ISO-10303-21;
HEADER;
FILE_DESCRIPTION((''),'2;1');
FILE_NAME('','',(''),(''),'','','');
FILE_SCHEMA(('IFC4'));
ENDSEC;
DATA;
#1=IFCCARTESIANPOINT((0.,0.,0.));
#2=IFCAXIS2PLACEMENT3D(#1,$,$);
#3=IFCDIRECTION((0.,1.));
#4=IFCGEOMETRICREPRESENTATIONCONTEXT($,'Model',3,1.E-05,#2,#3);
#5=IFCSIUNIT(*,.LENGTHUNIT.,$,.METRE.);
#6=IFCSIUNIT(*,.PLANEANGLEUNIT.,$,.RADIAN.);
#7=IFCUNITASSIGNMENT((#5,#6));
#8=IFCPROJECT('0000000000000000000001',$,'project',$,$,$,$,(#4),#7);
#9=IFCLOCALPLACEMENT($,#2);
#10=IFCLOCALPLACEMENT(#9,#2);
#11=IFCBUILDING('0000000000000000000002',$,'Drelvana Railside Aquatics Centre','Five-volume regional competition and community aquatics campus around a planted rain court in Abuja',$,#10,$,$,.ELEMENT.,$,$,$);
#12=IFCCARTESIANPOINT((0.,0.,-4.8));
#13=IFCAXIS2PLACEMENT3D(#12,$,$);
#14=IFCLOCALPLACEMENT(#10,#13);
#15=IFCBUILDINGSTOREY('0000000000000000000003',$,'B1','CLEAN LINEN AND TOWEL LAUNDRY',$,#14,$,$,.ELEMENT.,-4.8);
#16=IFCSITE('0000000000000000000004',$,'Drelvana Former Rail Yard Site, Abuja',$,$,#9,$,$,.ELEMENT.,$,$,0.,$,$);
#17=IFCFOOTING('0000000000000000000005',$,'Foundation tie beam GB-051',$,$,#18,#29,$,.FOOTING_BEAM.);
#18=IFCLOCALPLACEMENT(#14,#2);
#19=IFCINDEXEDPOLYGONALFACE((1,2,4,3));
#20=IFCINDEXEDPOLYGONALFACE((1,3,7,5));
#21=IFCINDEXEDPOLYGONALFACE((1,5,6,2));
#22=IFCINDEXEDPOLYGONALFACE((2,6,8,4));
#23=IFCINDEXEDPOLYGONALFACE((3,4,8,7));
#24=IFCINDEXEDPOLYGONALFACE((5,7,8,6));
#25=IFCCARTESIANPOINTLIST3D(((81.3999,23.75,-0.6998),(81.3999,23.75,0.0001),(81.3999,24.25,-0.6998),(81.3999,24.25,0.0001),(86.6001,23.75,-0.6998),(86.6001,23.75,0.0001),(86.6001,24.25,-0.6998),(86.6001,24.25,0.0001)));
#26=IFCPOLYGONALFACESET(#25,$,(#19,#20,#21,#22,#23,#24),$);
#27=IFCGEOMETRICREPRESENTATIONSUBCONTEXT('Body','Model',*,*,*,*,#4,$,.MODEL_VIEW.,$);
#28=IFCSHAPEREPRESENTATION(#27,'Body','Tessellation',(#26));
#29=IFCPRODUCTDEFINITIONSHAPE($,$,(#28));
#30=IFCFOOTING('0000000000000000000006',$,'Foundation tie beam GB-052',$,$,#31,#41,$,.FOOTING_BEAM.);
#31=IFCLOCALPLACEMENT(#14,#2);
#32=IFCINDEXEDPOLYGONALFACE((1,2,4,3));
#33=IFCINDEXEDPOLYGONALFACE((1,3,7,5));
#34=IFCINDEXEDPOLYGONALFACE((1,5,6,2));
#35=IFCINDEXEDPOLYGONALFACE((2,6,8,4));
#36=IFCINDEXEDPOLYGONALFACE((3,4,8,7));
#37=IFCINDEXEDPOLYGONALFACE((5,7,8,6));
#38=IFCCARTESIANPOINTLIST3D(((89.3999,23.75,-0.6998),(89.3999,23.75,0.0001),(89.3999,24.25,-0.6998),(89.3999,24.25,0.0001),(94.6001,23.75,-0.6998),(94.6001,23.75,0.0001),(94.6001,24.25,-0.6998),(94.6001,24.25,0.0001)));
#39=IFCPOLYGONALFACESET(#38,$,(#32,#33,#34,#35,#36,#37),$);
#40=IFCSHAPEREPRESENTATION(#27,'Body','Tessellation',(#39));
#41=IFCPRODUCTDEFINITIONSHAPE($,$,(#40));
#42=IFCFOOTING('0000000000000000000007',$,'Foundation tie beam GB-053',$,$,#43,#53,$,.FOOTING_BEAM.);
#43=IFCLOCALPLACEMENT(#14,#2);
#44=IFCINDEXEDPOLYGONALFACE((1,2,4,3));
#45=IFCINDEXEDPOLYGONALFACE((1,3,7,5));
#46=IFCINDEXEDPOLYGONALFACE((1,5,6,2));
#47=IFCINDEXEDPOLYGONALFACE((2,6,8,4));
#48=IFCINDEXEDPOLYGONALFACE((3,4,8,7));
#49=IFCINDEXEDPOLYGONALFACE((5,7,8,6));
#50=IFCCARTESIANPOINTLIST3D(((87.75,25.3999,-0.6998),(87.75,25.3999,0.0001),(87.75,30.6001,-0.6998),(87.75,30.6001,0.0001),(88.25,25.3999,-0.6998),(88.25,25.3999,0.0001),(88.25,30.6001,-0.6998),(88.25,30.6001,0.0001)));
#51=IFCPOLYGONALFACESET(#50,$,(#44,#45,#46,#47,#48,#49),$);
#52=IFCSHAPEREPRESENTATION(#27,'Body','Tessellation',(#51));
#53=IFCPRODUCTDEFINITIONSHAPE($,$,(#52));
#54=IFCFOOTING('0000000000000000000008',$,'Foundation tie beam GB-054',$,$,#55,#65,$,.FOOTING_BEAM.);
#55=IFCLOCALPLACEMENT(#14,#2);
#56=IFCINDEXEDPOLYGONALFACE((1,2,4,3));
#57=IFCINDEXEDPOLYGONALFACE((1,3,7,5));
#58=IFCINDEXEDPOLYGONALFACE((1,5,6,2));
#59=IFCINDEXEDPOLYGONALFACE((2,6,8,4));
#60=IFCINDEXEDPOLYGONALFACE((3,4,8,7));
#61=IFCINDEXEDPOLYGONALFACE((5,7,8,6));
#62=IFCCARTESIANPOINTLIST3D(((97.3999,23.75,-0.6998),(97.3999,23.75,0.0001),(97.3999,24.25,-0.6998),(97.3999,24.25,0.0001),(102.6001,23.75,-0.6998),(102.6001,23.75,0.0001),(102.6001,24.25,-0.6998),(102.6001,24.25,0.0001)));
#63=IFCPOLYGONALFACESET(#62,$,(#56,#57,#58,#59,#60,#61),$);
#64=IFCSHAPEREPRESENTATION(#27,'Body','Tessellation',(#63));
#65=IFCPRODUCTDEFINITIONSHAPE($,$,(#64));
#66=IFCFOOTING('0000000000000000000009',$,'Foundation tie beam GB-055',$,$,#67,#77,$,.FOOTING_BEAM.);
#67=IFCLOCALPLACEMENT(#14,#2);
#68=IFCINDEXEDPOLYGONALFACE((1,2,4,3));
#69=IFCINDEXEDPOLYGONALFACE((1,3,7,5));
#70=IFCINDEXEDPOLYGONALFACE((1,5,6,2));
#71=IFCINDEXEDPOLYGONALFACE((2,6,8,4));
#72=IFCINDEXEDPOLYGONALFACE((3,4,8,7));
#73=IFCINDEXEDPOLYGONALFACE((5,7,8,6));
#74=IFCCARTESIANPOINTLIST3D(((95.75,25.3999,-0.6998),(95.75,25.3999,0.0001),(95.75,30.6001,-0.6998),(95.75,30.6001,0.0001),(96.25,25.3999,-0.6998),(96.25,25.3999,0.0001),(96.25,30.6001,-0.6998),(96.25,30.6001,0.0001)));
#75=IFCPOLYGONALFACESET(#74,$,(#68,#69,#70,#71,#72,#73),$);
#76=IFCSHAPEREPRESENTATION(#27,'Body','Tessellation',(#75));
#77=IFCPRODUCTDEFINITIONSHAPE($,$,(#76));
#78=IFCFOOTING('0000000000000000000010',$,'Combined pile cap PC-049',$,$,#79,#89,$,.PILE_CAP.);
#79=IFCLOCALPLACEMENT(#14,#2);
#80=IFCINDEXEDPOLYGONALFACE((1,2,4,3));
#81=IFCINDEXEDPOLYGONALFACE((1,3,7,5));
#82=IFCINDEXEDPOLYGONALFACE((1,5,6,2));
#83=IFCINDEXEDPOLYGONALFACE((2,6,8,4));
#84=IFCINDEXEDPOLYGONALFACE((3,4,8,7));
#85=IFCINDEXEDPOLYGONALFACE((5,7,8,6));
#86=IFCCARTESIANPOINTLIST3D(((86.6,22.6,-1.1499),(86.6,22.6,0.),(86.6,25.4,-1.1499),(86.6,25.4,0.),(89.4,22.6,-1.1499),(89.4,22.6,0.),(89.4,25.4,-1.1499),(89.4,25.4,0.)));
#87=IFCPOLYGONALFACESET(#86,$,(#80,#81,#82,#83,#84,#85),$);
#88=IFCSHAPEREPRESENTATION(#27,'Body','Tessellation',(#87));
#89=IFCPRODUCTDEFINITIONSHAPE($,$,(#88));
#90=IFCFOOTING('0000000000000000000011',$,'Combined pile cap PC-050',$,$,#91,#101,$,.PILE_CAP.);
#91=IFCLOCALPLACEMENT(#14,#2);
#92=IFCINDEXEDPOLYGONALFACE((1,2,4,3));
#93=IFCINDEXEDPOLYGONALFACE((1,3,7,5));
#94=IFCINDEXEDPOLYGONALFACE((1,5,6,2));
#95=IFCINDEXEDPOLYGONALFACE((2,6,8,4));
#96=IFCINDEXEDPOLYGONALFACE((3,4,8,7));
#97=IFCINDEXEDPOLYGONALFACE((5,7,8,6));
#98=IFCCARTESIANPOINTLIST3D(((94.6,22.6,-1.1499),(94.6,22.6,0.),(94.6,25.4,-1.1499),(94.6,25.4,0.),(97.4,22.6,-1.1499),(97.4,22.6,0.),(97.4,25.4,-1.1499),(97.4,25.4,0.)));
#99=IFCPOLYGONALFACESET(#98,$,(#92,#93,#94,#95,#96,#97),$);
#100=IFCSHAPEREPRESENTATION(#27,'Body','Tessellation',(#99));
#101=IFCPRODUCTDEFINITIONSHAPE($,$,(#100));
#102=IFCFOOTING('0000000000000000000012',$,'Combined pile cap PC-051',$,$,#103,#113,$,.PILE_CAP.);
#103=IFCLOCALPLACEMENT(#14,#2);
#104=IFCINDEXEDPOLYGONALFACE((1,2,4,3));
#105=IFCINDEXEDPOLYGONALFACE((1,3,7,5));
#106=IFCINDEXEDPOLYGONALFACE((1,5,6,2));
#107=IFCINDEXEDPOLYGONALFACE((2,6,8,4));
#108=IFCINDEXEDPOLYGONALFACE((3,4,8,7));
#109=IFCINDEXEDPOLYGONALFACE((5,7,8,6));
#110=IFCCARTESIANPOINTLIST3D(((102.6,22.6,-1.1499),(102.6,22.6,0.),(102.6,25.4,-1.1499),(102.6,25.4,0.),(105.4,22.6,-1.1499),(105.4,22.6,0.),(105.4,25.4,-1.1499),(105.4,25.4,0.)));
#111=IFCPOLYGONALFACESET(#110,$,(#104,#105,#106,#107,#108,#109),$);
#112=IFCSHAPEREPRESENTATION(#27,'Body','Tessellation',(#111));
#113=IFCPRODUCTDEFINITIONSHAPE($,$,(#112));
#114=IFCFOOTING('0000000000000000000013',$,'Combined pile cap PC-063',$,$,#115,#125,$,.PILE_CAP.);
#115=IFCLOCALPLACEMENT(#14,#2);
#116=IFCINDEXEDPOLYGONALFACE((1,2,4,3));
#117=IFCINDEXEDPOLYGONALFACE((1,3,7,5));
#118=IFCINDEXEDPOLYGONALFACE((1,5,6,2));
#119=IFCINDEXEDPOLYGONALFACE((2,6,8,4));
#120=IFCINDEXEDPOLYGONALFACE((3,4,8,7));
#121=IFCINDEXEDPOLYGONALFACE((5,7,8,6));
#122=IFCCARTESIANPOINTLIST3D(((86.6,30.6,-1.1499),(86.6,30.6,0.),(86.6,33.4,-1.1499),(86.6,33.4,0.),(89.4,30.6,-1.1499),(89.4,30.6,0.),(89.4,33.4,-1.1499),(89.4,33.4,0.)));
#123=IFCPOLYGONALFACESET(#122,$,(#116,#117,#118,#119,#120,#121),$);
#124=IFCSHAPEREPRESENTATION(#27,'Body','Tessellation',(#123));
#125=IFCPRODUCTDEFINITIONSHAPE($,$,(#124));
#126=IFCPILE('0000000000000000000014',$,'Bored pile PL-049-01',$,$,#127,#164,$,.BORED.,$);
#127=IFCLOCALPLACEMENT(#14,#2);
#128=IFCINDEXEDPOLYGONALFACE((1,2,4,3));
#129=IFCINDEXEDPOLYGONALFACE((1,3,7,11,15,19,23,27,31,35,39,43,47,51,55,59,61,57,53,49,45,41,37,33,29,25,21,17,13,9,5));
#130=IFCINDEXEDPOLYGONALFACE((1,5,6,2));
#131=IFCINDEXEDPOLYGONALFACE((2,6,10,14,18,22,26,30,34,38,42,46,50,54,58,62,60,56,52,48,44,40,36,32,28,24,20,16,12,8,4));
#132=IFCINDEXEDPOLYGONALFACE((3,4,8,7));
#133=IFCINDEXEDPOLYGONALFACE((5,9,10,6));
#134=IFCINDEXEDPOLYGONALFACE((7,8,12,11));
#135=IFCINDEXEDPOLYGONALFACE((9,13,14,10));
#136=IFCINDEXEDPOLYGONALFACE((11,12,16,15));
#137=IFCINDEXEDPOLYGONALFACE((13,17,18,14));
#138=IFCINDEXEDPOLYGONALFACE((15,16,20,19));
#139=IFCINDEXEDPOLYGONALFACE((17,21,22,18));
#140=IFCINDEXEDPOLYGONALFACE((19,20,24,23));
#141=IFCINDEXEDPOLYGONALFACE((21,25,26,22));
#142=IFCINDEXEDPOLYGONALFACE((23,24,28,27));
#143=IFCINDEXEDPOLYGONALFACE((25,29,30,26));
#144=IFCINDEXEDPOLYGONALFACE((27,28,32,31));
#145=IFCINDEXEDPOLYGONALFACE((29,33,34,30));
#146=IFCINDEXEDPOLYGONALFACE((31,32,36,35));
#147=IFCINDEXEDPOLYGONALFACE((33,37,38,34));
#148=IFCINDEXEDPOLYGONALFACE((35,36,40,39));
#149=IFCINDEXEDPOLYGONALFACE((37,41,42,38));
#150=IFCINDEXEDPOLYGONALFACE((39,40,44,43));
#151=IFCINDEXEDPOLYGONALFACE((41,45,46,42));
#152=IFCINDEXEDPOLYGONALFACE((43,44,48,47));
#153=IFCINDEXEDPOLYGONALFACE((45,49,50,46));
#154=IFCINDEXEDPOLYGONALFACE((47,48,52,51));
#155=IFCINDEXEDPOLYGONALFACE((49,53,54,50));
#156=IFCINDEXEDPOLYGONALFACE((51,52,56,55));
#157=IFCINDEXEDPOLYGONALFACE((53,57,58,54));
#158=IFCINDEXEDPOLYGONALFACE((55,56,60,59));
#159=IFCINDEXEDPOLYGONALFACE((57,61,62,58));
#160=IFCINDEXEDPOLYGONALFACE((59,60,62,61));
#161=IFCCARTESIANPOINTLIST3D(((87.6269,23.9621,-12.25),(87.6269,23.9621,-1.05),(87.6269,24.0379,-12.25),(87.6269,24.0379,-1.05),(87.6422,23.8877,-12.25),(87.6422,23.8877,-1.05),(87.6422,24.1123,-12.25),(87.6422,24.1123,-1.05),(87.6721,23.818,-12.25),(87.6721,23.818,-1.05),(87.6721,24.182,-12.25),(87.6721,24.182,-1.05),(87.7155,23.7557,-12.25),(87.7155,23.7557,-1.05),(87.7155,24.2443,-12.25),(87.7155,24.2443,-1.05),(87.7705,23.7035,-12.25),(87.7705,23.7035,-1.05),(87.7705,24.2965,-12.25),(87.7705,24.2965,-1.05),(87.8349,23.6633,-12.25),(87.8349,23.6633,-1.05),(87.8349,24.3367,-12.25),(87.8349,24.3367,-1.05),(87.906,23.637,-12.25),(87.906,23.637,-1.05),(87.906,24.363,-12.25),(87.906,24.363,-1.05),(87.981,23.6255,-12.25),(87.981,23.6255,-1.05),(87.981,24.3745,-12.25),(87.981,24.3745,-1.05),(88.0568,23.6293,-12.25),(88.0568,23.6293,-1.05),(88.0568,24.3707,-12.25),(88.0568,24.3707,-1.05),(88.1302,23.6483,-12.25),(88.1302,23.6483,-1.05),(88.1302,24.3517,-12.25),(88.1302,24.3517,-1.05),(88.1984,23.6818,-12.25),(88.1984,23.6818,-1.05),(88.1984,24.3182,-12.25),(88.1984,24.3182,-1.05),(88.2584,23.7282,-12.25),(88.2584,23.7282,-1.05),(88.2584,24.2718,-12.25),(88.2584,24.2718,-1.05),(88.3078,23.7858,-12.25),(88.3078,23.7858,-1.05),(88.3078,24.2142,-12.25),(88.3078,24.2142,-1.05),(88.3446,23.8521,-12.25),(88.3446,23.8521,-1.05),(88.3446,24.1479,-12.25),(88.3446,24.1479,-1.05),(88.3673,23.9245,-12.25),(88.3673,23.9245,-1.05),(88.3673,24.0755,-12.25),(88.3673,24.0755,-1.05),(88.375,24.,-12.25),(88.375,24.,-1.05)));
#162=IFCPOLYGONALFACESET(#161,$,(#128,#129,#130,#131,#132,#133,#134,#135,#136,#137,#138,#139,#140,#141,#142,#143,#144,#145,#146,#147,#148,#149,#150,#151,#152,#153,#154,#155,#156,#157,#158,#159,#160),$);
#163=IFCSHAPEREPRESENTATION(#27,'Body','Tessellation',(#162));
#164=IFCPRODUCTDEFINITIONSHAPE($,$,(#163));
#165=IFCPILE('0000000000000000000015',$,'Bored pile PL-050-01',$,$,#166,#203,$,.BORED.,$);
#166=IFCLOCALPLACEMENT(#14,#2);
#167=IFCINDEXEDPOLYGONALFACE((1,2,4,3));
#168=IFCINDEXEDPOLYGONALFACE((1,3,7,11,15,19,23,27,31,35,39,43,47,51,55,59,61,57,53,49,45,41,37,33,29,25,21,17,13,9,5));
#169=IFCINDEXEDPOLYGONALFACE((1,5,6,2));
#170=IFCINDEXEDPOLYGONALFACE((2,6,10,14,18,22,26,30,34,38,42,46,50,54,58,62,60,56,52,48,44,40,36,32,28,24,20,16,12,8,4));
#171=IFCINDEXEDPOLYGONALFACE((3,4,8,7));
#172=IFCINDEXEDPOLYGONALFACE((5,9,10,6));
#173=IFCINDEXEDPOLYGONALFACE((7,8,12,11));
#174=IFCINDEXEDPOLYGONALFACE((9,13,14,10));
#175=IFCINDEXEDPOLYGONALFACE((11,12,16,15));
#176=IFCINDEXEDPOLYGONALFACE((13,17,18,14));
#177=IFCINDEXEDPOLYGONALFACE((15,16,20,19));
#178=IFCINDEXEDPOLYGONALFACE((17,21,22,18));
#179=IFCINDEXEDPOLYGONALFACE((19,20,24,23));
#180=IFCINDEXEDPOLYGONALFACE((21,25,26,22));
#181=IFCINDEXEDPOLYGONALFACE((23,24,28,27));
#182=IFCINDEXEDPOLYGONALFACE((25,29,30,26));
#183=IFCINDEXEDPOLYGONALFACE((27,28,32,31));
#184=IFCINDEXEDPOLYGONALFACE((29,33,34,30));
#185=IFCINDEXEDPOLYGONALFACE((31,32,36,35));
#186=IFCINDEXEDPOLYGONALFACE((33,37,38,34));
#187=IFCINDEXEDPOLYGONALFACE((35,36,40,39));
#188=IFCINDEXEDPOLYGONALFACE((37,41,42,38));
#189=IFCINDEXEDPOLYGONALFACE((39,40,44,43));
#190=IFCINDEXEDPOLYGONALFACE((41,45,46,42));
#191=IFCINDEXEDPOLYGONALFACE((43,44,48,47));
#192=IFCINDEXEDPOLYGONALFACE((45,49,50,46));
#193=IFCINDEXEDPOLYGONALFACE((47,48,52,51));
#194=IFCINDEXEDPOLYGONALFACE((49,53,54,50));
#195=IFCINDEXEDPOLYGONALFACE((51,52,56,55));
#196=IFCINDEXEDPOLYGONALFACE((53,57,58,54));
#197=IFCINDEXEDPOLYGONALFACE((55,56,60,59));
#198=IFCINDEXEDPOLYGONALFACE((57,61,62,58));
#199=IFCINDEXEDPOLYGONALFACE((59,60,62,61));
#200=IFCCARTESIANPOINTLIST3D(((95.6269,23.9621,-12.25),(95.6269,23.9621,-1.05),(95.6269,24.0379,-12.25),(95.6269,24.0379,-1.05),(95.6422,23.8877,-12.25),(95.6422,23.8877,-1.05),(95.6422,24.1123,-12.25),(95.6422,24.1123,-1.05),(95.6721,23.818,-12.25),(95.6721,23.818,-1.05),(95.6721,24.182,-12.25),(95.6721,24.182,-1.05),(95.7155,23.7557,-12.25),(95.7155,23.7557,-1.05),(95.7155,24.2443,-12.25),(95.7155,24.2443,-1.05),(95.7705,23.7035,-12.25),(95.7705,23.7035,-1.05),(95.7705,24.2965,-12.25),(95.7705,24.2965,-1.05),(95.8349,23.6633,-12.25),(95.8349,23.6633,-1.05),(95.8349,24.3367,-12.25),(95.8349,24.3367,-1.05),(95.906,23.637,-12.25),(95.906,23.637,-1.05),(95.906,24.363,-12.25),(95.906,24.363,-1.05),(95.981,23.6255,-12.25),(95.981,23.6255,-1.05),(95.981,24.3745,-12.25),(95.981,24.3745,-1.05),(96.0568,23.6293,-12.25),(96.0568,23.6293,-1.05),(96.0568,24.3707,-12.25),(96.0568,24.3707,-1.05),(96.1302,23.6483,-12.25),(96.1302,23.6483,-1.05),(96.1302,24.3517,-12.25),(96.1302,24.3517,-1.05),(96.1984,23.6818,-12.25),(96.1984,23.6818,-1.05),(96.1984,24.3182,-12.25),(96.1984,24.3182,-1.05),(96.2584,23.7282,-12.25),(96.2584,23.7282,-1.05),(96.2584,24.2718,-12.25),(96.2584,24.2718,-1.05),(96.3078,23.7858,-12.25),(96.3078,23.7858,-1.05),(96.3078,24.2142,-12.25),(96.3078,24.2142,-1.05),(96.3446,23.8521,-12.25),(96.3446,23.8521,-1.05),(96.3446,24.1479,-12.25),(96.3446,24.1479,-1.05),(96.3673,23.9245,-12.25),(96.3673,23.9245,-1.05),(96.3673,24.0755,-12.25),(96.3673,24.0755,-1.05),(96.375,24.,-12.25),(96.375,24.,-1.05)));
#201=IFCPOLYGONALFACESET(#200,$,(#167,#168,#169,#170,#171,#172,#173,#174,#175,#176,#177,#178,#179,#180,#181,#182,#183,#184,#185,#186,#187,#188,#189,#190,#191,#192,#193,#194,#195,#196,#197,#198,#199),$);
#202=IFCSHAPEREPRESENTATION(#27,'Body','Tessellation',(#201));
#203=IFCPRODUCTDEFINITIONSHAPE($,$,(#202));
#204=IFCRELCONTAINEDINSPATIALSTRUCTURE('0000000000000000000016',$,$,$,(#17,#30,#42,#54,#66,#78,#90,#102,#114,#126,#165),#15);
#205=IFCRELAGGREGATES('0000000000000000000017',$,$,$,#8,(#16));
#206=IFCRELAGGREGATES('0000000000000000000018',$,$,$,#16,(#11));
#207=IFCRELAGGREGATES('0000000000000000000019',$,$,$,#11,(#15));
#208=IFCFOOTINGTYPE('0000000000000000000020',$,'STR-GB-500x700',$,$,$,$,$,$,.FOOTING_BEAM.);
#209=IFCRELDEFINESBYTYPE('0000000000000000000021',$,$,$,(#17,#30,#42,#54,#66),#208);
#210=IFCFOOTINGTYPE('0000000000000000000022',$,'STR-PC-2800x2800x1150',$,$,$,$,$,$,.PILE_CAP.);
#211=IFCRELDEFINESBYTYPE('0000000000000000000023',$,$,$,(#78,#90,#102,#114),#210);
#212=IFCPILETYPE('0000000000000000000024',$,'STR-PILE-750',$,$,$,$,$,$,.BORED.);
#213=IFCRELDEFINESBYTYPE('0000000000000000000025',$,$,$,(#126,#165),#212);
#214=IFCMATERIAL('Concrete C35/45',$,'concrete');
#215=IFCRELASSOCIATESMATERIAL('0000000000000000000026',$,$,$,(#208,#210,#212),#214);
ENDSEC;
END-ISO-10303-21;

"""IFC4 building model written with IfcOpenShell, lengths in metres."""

from ifc_helpers import new_model, si_unit, direction, frame, origin, origin_2d, place, context, subcontext, project, spatial, rectangle, circle, extrude, material, material_profile, profile_set, type_object, element, save


model = new_model("IFC4")

# Units and contexts
model_context = context("Model", 3, precision=1e-05, world=origin(), true_north=direction((0.0, 1.0)))
body_context = subcontext(model_context, "Body", "Model", "MODEL_VIEW")
ifc_project = project(units=[si_unit("LENGTHUNIT", "METRE"), si_unit("PLANEANGLEUNIT", "RADIAN")], contexts=[model_context])

# Site, building, storey
site_placement = place(None, origin())
site = spatial("IfcSite", under=ifc_project, at=site_placement, Name="Drelvana Former Rail Yard Site, Abuja", CompositionType="ELEMENT", RefElevation=0.0)
building_placement = place(site_placement, origin())
building = spatial("IfcBuilding", under=site, at=building_placement, Name="Drelvana Railside Aquatics Centre", Description="Five-volume regional competition and community aquatics campus around a planted rain court in Abuja", CompositionType="ELEMENT")
storey_placement = place(building_placement, frame((0.0, 0.0, -4.8)))
storey = spatial("IfcBuildingStorey", under=building, at=storey_placement, Name="B1", Description="CLEAN LINEN AND TOWEL LAUNDRY", CompositionType="ELEMENT", Elevation=-4.8)

# Footings
ifc_material_1 = material(Name="Concrete C35/45", Category="concrete")
ifc_material_profile_1 = material_profile(ifc_material_1, rectangle(XDim=0.5, YDim=0.7, at=origin_2d()), Name="GB 500x700")
ifc_profile_set_1 = profile_set([ifc_material_profile_1], Name="Concrete C35/45")
footing_type_1 = type_object("IfcFootingType", Name="STR-GB-500x700", PredefinedType="FOOTING_BEAM", material=ifc_profile_set_1)
for number, where, z_axis, x_axis, name in (
    (1, (81.3999, 24.0, -0.3499), (1.0, 0.0, 0.0), (0.0, 1.0, 0.0), "Foundation tie beam GB-051"),
    (2, (89.3999, 24.0, -0.3499), (1.0, 0.0, 0.0), (0.0, 1.0, 0.0), "Foundation tie beam GB-052"),
    (3, (88.0, 25.3999, -0.3499), (0.0, 1.0, 0.0), (-1.0, 0.0, 0.0), "Foundation tie beam GB-053"),
    (4, (97.3999, 24.0, -0.3499), (1.0, 0.0, 0.0), (0.0, 1.0, 0.0), "Foundation tie beam GB-054"),
    (5, (96.0, 25.3999, -0.3499), (0.0, 1.0, 0.0), (-1.0, 0.0, 0.0), "Foundation tie beam GB-055"),
):
    element("IfcFooting", number, at=place(storey_placement, frame(where, z_axis=z_axis, x_axis=x_axis)), inside=storey, type_object=footing_type_1, Name=name, PredefinedType="FOOTING_BEAM", context=body_context, shape_type="SweptSolid", body=[
        extrude(rectangle(XDim=0.5, YDim=0.7, at=origin_2d()), origin(), (0.0, 0.0, 1.0), 5.2002),
    ])
footing_type_2 = type_object("IfcFootingType", Name="STR-PC-2800x2800x1150", PredefinedType="PILE_CAP", material=ifc_material_1)
for number, where, z_axis, x_axis, name in (
    (6, (88.0, 24.0, -1.1499), (0.0, 0.0, 1.0), (1.0, 0.0, 0.0), "Combined pile cap PC-049"),
    (7, (96.0, 24.0, -1.1499), (0.0, 0.0, 1.0), (1.0, 0.0, 0.0), "Combined pile cap PC-050"),
    (8, (104.0, 24.0, -1.1499), (0.0, 0.0, 1.0), (1.0, 0.0, 0.0), "Combined pile cap PC-051"),
    (9, (88.0, 32.0, -1.1499), (0.0, 0.0, 1.0), (1.0, 0.0, 0.0), "Combined pile cap PC-063"),
):
    element("IfcFooting", number, at=place(storey_placement, frame(where, z_axis=z_axis, x_axis=x_axis)), inside=storey, type_object=footing_type_2, Name=name, PredefinedType="PILE_CAP", context=body_context, shape_type="SweptSolid", body=[
        extrude(rectangle(XDim=2.8, YDim=2.8, at=origin_2d()), origin(), (0.0, 0.0, 1.0), 1.1499),
    ])

# Piles
ifc_material_profile_2 = material_profile(ifc_material_1, circle(Radius=0.375, at=origin_2d()), Name="PILE D750")
ifc_profile_set_2 = profile_set([ifc_material_profile_2], Name="Concrete C35/45")
pile_type = type_object("IfcPileType", Name="STR-PILE-750", PredefinedType="BORED", material=ifc_profile_set_2)
for number, where, z_axis, x_axis, name in (
    (10, (88.0, 24.0, -1.05), (0.0, 0.0, -1.0), (1.0, 0.0, 0.0), "Bored pile PL-049-01"),
    (11, (96.0, 24.0, -1.05), (0.0, 0.0, -1.0), (1.0, 0.0, 0.0), "Bored pile PL-050-01"),
):
    element("IfcPile", number, at=place(storey_placement, frame(where, z_axis=z_axis, x_axis=x_axis)), inside=storey, type_object=pile_type, Name=name, PredefinedType="BORED", context=body_context, shape_type="SweptSolid", body=[
        extrude(circle(Radius=0.375, at=origin_2d()), origin(), (0.0, 0.0, 1.0), 11.2),
    ])

save(model, "model.ifc")
